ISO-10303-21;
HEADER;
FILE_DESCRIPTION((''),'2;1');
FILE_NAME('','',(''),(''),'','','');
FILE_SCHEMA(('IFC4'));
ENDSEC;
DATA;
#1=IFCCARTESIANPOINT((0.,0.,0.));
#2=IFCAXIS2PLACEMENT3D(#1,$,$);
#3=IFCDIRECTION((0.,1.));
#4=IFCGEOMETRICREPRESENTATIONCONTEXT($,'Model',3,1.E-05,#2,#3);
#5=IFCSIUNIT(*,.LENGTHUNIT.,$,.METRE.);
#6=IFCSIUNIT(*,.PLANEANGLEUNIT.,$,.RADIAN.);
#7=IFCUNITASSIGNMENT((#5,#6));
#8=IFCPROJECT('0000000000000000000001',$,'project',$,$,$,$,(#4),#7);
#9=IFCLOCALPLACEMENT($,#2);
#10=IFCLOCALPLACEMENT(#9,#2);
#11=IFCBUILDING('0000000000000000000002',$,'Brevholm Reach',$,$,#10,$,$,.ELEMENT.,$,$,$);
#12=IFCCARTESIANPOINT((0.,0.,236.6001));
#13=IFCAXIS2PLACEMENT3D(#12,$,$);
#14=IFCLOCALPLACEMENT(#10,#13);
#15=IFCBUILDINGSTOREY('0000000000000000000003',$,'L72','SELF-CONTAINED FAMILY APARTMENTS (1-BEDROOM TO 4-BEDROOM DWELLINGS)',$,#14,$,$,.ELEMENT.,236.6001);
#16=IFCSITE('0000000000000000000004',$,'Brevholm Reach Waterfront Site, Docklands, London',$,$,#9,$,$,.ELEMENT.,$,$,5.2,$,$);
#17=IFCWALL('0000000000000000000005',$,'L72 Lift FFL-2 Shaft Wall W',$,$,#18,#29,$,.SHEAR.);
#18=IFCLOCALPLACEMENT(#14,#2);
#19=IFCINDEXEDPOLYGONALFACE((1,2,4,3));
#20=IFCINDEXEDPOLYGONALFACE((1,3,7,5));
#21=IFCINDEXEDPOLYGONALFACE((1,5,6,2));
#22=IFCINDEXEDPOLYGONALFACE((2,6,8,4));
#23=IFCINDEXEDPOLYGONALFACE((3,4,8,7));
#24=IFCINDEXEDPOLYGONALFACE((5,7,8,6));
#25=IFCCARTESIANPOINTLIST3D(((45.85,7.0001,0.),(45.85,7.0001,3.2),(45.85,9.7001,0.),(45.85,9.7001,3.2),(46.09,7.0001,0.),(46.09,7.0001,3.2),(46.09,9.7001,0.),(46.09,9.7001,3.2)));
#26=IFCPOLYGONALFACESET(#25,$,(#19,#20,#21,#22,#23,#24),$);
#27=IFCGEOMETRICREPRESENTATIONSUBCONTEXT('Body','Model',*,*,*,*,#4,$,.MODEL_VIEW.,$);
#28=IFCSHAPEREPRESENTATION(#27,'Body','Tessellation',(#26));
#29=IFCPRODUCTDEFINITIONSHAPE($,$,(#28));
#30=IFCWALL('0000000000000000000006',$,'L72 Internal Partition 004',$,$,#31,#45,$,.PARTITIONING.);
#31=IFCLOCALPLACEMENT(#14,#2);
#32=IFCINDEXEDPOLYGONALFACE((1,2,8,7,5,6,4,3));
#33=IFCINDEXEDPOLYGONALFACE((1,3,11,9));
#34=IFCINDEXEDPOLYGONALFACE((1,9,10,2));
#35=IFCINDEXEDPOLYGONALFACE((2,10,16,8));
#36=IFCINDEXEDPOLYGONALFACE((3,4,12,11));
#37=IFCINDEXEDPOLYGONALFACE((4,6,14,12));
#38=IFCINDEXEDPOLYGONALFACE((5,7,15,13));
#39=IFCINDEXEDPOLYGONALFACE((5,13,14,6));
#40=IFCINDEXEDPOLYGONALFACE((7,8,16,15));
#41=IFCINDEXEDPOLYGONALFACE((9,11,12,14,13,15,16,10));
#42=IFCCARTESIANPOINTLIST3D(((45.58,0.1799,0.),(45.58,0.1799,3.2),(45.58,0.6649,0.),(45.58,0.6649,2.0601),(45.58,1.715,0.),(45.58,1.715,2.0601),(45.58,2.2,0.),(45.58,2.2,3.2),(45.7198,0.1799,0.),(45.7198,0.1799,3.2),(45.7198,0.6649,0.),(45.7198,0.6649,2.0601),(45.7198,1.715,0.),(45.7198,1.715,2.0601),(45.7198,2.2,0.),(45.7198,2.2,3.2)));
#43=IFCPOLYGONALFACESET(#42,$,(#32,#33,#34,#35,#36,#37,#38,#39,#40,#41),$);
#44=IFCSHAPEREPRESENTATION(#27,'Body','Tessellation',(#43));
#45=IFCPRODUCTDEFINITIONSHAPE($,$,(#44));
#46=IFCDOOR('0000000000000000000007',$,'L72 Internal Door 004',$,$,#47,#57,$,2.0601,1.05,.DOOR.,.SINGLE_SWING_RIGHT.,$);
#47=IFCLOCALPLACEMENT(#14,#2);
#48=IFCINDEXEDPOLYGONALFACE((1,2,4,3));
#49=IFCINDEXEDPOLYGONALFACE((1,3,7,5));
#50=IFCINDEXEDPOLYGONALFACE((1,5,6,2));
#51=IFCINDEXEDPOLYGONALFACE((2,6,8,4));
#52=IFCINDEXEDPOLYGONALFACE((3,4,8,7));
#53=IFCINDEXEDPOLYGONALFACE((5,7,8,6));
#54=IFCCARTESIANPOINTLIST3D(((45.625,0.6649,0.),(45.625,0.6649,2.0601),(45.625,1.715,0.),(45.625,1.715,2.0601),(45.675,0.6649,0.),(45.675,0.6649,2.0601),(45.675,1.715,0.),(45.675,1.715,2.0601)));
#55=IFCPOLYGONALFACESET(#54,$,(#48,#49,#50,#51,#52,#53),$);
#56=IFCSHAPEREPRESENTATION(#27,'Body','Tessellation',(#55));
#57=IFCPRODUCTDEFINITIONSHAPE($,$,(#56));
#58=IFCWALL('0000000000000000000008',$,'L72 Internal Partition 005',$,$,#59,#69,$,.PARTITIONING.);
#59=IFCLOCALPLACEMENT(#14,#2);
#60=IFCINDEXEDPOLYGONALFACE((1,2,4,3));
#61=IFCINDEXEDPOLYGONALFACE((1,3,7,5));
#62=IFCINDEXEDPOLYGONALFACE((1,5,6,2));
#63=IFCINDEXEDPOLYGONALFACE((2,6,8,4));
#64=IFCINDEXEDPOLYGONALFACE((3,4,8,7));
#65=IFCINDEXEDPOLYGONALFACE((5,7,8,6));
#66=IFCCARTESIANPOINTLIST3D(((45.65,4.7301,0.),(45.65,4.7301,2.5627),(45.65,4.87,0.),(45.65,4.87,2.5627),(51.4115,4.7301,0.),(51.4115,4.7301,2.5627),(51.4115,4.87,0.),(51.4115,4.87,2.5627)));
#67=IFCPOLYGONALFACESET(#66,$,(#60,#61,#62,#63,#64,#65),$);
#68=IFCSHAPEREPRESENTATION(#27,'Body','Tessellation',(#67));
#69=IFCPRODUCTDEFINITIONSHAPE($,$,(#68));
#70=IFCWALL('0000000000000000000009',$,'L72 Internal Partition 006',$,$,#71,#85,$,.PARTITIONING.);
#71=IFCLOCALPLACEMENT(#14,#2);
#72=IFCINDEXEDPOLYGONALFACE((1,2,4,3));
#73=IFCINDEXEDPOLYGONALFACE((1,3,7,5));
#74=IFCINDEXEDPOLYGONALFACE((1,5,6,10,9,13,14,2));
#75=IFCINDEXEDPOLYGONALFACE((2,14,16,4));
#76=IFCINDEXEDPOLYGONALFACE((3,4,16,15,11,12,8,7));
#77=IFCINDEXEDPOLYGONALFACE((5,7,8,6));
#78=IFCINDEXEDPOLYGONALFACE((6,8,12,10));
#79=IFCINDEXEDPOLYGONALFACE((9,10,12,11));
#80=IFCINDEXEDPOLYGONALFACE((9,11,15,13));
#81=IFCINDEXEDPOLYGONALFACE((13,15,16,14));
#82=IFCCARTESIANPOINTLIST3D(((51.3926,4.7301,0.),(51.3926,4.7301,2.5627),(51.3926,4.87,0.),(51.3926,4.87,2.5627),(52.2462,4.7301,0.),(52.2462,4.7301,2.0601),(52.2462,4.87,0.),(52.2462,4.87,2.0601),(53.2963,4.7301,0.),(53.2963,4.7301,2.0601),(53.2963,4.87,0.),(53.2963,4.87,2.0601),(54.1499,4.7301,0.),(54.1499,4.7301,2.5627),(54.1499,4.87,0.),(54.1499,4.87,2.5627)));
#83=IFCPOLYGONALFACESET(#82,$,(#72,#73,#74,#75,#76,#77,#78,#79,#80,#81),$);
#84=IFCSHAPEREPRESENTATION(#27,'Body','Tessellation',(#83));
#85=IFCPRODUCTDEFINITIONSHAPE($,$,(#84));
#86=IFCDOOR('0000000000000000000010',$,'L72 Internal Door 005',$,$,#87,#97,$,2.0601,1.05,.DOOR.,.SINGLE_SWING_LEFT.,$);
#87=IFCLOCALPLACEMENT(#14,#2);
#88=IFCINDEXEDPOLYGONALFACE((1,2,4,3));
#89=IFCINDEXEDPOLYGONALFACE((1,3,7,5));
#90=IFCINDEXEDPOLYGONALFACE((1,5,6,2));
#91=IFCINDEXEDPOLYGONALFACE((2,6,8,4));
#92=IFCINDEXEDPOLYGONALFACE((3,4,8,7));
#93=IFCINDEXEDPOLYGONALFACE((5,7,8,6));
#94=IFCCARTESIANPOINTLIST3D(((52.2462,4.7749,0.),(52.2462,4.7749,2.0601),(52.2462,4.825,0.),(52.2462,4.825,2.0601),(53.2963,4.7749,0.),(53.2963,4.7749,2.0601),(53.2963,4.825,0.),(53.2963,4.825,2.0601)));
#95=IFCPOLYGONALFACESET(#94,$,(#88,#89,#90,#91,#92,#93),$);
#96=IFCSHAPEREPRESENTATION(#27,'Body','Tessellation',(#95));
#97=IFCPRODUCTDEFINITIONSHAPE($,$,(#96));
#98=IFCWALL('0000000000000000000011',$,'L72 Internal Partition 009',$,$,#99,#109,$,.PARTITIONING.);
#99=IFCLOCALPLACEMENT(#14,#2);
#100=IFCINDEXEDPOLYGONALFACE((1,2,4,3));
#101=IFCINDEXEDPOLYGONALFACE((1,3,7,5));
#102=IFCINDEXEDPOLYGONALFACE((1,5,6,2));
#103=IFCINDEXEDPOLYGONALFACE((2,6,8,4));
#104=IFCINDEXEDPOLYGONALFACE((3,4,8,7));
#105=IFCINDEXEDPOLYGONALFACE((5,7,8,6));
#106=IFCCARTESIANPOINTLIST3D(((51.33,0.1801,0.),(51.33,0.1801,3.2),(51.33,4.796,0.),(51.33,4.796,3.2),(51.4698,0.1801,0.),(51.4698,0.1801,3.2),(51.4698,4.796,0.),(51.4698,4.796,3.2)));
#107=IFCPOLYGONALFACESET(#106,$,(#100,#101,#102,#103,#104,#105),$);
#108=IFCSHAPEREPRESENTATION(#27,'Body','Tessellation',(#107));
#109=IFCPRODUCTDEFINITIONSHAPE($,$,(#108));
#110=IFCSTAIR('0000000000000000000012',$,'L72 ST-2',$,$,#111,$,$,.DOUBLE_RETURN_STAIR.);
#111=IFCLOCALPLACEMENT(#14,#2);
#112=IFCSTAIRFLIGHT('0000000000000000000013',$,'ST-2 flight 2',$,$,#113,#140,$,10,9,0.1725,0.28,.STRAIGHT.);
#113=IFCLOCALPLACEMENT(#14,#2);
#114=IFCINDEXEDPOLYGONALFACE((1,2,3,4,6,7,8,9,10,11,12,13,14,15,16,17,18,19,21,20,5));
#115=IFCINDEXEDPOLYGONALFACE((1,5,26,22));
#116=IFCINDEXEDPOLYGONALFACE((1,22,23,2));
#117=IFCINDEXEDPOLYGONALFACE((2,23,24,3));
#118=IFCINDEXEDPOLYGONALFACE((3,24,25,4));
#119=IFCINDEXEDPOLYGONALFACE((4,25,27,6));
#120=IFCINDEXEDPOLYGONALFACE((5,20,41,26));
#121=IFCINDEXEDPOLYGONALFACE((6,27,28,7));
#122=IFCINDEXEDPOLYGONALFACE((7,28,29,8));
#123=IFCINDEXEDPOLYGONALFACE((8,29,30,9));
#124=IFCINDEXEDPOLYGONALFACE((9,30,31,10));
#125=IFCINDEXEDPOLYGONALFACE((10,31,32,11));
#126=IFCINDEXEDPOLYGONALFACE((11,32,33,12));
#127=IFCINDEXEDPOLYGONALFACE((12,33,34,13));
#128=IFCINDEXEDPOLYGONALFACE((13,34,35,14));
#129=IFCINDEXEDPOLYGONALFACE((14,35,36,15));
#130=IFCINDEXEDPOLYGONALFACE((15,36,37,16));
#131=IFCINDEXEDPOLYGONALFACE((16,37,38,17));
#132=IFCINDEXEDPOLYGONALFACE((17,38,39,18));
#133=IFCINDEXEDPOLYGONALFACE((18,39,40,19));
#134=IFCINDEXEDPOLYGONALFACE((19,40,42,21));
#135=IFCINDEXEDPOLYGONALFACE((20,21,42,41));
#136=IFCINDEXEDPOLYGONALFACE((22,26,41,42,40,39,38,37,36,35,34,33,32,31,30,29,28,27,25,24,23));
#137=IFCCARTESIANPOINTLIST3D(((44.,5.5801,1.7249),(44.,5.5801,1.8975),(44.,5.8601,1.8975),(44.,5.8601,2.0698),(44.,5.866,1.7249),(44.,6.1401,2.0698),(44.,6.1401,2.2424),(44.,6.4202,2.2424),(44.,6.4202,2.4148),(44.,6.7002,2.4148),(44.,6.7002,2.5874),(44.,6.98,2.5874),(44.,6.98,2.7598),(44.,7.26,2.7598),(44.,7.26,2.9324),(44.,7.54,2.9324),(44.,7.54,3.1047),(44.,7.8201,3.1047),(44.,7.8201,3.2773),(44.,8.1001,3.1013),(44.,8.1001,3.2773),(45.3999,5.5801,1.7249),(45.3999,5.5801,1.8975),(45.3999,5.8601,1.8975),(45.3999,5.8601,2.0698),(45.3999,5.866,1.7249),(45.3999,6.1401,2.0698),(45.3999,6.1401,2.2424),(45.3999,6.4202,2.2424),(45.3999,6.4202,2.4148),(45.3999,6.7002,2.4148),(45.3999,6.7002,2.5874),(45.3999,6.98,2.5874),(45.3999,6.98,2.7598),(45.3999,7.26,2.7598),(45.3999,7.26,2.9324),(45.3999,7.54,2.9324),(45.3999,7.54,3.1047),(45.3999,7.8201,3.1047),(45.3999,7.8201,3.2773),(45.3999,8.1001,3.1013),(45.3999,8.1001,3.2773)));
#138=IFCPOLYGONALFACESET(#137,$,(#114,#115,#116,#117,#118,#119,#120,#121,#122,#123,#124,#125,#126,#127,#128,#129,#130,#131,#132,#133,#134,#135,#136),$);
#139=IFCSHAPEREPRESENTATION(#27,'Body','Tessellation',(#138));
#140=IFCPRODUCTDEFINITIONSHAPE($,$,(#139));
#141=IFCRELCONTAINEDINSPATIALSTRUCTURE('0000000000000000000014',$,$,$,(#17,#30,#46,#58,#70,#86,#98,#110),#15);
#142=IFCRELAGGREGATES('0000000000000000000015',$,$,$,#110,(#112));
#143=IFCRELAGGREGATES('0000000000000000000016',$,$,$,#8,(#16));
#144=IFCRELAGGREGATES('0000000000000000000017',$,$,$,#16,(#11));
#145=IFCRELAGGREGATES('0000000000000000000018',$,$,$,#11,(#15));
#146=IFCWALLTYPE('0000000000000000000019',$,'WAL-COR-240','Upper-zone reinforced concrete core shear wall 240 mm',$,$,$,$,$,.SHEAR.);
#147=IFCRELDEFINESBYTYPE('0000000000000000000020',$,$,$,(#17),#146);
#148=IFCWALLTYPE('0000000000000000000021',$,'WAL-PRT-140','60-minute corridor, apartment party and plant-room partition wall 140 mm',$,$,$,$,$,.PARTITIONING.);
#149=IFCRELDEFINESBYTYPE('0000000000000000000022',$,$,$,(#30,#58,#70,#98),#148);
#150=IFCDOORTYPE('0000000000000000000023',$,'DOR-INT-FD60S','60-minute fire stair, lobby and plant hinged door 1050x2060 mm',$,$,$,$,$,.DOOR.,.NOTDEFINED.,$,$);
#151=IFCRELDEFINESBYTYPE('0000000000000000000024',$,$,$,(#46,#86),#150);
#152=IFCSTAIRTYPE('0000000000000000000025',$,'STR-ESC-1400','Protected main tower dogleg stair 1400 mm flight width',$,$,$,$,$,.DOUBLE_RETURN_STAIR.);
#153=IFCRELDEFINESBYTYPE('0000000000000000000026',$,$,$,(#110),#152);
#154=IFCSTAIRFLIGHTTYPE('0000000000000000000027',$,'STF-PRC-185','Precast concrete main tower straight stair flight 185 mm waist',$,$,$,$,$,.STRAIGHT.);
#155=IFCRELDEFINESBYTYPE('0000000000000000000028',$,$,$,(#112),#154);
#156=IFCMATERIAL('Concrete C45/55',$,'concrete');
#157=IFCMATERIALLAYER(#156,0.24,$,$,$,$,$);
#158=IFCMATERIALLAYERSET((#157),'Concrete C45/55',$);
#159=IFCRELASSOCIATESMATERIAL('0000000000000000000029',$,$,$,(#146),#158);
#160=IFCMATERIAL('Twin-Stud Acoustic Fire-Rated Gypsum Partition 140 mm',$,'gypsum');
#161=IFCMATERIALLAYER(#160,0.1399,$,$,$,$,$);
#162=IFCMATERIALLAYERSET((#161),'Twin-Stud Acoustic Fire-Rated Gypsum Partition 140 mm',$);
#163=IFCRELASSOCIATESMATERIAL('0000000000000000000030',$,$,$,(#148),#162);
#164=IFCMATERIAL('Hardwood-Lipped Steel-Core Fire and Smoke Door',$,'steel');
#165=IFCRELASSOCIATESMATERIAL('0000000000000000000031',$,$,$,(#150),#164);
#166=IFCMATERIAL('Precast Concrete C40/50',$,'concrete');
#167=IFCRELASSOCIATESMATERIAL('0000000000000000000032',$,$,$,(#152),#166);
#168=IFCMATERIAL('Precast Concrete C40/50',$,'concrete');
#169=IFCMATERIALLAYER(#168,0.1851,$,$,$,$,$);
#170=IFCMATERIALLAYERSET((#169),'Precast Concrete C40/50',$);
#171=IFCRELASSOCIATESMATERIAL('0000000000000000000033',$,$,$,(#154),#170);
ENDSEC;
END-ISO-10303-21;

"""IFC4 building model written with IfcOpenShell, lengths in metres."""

from ifc_helpers import new_model, si_unit, direction, frame, frame_2d, origin, place, context, subcontext, project, spatial, polyline, rectangle, outline, extrude, material, layer, layer_set, type_object, element, fill, aggregate, save


model = new_model("IFC4")

# Units and contexts
model_context = context("Model", 3, precision=1e-05, world=origin(), true_north=direction((0.0, 1.0)))
body_context = subcontext(model_context, "Body", "Model", "MODEL_VIEW")
ifc_project = project(units=[si_unit("LENGTHUNIT", "METRE"), si_unit("PLANEANGLEUNIT", "RADIAN")], contexts=[model_context])

# Site, building, storey
site_placement = place(None, origin())
site = spatial("IfcSite", under=ifc_project, at=site_placement, Name="Brevholm Reach Waterfront Site, Docklands, London", CompositionType="ELEMENT", RefElevation=5.2)
building_placement = place(site_placement, origin())
building = spatial("IfcBuilding", under=site, at=building_placement, Name="Brevholm Reach", CompositionType="ELEMENT")
storey_placement = place(building_placement, frame((0.0, 0.0, 236.6001)))
storey = spatial("IfcBuildingStorey", under=building, at=storey_placement, Name="L72", Description="SELF-CONTAINED FAMILY APARTMENTS (1-BEDROOM TO 4-BEDROOM DWELLINGS)", CompositionType="ELEMENT", Elevation=236.6001)

# Wall
ifc_material_1 = material(Name="Concrete C45/55", Category="concrete")
ifc_layer_1 = layer(ifc_material_1, 0.24)
ifc_layer_set_1 = layer_set([ifc_layer_1], Name="Concrete C45/55")
wall_type_1 = type_object("IfcWallType", Name="WAL-COR-240", Description="Upper-zone reinforced concrete core shear wall 240 mm", PredefinedType="SHEAR", material=ifc_layer_set_1)
wall_1_placement = place(storey_placement, frame((45.97, 7.0, 0.0), z_axis=(0.0, 0.0, 1.0), x_axis=(0.0, 1.0, 0.0)))
element("IfcWall", 1, at=wall_1_placement, inside=storey, type_object=wall_type_1, Name="L72 Lift FFL-2 Shaft Wall W", PredefinedType="SHEAR", context=body_context, shape_type="SweptSolid", body=[
    extrude(rectangle(XDim=2.7, YDim=0.24, at=frame_2d((1.3501, 0.0))), origin(), (0.0, 0.0, 1.0), 3.2),
])

# Wall, opening, door
ifc_material_2 = material(Name="Twin-Stud Acoustic Fire-Rated Gypsum Partition 140 mm", Category="gypsum")
ifc_layer_2 = layer(ifc_material_2, 0.1399)
ifc_layer_set_2 = layer_set([ifc_layer_2], Name="Twin-Stud Acoustic Fire-Rated Gypsum Partition 140 mm")
wall_type_2 = type_object("IfcWallType", Name="WAL-PRT-140", Description="60-minute corridor, apartment party and plant-room partition wall 140 mm", PredefinedType="PARTITIONING", material=ifc_layer_set_2)
wall_2_placement = place(storey_placement, frame((45.6499, 0.1799, 0.0), z_axis=(0.0, 0.0, 1.0), x_axis=(0.0, 1.0, 0.0)))
wall_2 = element("IfcWall", 2, at=wall_2_placement, inside=storey, type_object=wall_type_2, Name="L72 Internal Partition 004", PredefinedType="PARTITIONING", context=body_context, shape_type="SweptSolid", body=[
    extrude(rectangle(XDim=2.02, YDim=0.1399, at=frame_2d((1.01, 0.0))), origin(), (0.0, 0.0, 1.0), 3.2),
])
opening_1_placement = place(wall_2_placement, frame((0.4851, 0.0, 0.0)))
opening_1 = element("IfcOpeningElement", 3, at=opening_1_placement, cuts=wall_2, PredefinedType="OPENING", context=body_context, shape_type="SweptSolid", body=[
    extrude(rectangle(XDim=1.05, YDim=2.0601, at=frame_2d((0.5249, 1.03))), frame((0.0, 0.0798, 0.0), z_axis=(0.0, -1.0, 0.0), x_axis=(1.0, 0.0, 0.0)), (0.0, 0.0, 1.0), 0.1599),
])
ifc_material_3 = material(Name="Hardwood-Lipped Steel-Core Fire and Smoke Door", Category="steel")
door_type = type_object("IfcDoorType", Name="DOR-INT-FD60S", Description="60-minute fire stair, lobby and plant hinged door 1050x2060 mm", OperationType="NOTDEFINED", PredefinedType="DOOR", material=ifc_material_3)
door_1_placement = place(opening_1_placement, origin())
door_1 = element("IfcDoor", 4, at=door_1_placement, inside=storey, type_object=door_type, Name="L72 Internal Door 004", OperationType="SINGLE_SWING_RIGHT", OverallHeight=2.0601, OverallWidth=1.05, PredefinedType="DOOR", context=body_context, shape_type="SweptSolid", body=[
    extrude(rectangle(XDim=1.05, YDim=2.0601, at=frame_2d((0.5249, 1.03))), frame((0.0, 0.0249, 0.0), z_axis=(0.0, -1.0, 0.0), x_axis=(1.0, 0.0, 0.0)), (0.0, 0.0, 1.0), 0.05),
])
fill(opening_1, door_1)

# Wall
wall_3_placement = place(storey_placement, frame((45.6499, 4.8, 0.0), z_axis=(0.0, 0.0, 1.0), x_axis=(1.0, 0.0, 0.0)))
element("IfcWall", 5, at=wall_3_placement, inside=storey, type_object=wall_type_2, Name="L72 Internal Partition 005", PredefinedType="PARTITIONING", context=body_context, shape_type="SweptSolid", body=[
    extrude(rectangle(XDim=5.7615, YDim=0.1399, at=frame_2d((2.8809, 0.0))), origin(), (0.0, 0.0, 1.0), 2.5627),
])

# Wall, opening, door
wall_4_placement = place(storey_placement, frame((51.3926, 4.8, 0.0), z_axis=(0.0, 0.0, 1.0), x_axis=(1.0, 0.0, 0.0)))
wall_4 = element("IfcWall", 6, at=wall_4_placement, inside=storey, type_object=wall_type_2, Name="L72 Internal Partition 006", PredefinedType="PARTITIONING", context=body_context, shape_type="SweptSolid", body=[
    extrude(rectangle(XDim=2.7573, YDim=0.1399, at=frame_2d((1.3787, 0.0))), origin(), (0.0, 0.0, 1.0), 2.5627),
])
opening_2_placement = place(wall_4_placement, frame((0.8538, 0.0, 0.0)))
opening_2 = element("IfcOpeningElement", 7, at=opening_2_placement, cuts=wall_4, PredefinedType="OPENING", context=body_context, shape_type="SweptSolid", body=[
    extrude(rectangle(XDim=1.05, YDim=2.0601, at=frame_2d((0.5249, 1.03))), frame((0.0, 0.0798, 0.0), z_axis=(0.0, -1.0, 0.0), x_axis=(1.0, 0.0, 0.0)), (0.0, 0.0, 1.0), 0.1599),
])
door_2_placement = place(opening_2_placement, origin())
door_2 = element("IfcDoor", 8, at=door_2_placement, inside=storey, type_object=door_type, Name="L72 Internal Door 005", OperationType="SINGLE_SWING_LEFT", OverallHeight=2.0601, OverallWidth=1.05, PredefinedType="DOOR", context=body_context, shape_type="SweptSolid", body=[
    extrude(rectangle(XDim=1.05, YDim=2.0601, at=frame_2d((0.5249, 1.03))), frame((0.0, 0.0249, 0.0), z_axis=(0.0, -1.0, 0.0), x_axis=(1.0, 0.0, 0.0)), (0.0, 0.0, 1.0), 0.05),
])
fill(opening_2, door_2)

# Wall
wall_5_placement = place(storey_placement, frame((51.3999, 0.1799, 0.0), z_axis=(0.0, 0.0, 1.0), x_axis=(0.0, 1.0, 0.0)))
element("IfcWall", 9, at=wall_5_placement, inside=storey, type_object=wall_type_2, Name="L72 Internal Partition 009", PredefinedType="PARTITIONING", context=body_context, shape_type="SweptSolid", body=[
    extrude(rectangle(XDim=4.616, YDim=0.1399, at=frame_2d((2.3081, 0.0))), origin(), (0.0, 0.0, 1.0), 3.2),
])

# Stair, stair flight
ifc_material_4 = material(Name="Precast Concrete C40/50", Category="concrete")
stair_type = type_object("IfcStairType", Name="STR-ESC-1400", Description="Protected main tower dogleg stair 1400 mm flight width", PredefinedType="DOUBLE_RETURN_STAIR", material=ifc_material_4)
stair_placement = place(storey_placement, origin())
stair = element("IfcStair", 10, at=stair_placement, inside=storey, type_object=stair_type, Name="L72 ST-2", PredefinedType="DOUBLE_RETURN_STAIR")
ifc_material_5 = material(Name="Precast Concrete C40/50", Category="concrete")
ifc_layer_3 = layer(ifc_material_5, 0.1851)
ifc_layer_set_3 = layer_set([ifc_layer_3], Name="Precast Concrete C40/50")
stair_flight_type = type_object("IfcStairFlightType", Name="STF-PRC-185", Description="Precast concrete main tower straight stair flight 185 mm waist", PredefinedType="STRAIGHT", material=ifc_layer_set_3)
stair_flight_placement = place(storey_placement, frame((44.7, 5.5801, 1.7249), z_axis=(0.0, 0.0, 1.0), x_axis=(0.0, 1.0, 0.0)))
stair_flight = element("IfcStairFlight", 11, at=stair_flight_placement, type_object=stair_flight_type, Name="ST-2 flight 2", NumberOfRisers=10, NumberOfTreads=9, PredefinedType="STRAIGHT", RiserHeight=0.1725, TreadLength=0.28, context=body_context, shape_type="SweptSolid", body=[
    extrude(outline(polyline([(0.0, 0.0), (0.0, 0.1726), (0.28, 0.1726), (0.28, 0.345), (0.5601, 0.345), (0.5601, 0.5176), (0.8401, 0.5176), (0.8401, 0.6899), (1.1201, 0.6899), (1.1201, 0.8625), (1.3999, 0.8625), (1.3999, 1.0349), (1.6799, 1.0349), (1.6799, 1.2075), (1.96, 1.2075), (1.96, 1.3799), (2.24, 1.3799), (2.24, 1.5525), (2.52, 1.5525), (2.52, 1.7251), (2.52, 1.3765), (0.2859, 0.0), (0.0, 0.0)])), frame((0.0, 0.7, 0.0), z_axis=(0.0, -1.0, 0.0), x_axis=(1.0, 0.0, 0.0)), (0.0, 0.0, 1.0), 1.3999),
])
aggregate(stair, [stair_flight])

save(model, "model.ifc")
